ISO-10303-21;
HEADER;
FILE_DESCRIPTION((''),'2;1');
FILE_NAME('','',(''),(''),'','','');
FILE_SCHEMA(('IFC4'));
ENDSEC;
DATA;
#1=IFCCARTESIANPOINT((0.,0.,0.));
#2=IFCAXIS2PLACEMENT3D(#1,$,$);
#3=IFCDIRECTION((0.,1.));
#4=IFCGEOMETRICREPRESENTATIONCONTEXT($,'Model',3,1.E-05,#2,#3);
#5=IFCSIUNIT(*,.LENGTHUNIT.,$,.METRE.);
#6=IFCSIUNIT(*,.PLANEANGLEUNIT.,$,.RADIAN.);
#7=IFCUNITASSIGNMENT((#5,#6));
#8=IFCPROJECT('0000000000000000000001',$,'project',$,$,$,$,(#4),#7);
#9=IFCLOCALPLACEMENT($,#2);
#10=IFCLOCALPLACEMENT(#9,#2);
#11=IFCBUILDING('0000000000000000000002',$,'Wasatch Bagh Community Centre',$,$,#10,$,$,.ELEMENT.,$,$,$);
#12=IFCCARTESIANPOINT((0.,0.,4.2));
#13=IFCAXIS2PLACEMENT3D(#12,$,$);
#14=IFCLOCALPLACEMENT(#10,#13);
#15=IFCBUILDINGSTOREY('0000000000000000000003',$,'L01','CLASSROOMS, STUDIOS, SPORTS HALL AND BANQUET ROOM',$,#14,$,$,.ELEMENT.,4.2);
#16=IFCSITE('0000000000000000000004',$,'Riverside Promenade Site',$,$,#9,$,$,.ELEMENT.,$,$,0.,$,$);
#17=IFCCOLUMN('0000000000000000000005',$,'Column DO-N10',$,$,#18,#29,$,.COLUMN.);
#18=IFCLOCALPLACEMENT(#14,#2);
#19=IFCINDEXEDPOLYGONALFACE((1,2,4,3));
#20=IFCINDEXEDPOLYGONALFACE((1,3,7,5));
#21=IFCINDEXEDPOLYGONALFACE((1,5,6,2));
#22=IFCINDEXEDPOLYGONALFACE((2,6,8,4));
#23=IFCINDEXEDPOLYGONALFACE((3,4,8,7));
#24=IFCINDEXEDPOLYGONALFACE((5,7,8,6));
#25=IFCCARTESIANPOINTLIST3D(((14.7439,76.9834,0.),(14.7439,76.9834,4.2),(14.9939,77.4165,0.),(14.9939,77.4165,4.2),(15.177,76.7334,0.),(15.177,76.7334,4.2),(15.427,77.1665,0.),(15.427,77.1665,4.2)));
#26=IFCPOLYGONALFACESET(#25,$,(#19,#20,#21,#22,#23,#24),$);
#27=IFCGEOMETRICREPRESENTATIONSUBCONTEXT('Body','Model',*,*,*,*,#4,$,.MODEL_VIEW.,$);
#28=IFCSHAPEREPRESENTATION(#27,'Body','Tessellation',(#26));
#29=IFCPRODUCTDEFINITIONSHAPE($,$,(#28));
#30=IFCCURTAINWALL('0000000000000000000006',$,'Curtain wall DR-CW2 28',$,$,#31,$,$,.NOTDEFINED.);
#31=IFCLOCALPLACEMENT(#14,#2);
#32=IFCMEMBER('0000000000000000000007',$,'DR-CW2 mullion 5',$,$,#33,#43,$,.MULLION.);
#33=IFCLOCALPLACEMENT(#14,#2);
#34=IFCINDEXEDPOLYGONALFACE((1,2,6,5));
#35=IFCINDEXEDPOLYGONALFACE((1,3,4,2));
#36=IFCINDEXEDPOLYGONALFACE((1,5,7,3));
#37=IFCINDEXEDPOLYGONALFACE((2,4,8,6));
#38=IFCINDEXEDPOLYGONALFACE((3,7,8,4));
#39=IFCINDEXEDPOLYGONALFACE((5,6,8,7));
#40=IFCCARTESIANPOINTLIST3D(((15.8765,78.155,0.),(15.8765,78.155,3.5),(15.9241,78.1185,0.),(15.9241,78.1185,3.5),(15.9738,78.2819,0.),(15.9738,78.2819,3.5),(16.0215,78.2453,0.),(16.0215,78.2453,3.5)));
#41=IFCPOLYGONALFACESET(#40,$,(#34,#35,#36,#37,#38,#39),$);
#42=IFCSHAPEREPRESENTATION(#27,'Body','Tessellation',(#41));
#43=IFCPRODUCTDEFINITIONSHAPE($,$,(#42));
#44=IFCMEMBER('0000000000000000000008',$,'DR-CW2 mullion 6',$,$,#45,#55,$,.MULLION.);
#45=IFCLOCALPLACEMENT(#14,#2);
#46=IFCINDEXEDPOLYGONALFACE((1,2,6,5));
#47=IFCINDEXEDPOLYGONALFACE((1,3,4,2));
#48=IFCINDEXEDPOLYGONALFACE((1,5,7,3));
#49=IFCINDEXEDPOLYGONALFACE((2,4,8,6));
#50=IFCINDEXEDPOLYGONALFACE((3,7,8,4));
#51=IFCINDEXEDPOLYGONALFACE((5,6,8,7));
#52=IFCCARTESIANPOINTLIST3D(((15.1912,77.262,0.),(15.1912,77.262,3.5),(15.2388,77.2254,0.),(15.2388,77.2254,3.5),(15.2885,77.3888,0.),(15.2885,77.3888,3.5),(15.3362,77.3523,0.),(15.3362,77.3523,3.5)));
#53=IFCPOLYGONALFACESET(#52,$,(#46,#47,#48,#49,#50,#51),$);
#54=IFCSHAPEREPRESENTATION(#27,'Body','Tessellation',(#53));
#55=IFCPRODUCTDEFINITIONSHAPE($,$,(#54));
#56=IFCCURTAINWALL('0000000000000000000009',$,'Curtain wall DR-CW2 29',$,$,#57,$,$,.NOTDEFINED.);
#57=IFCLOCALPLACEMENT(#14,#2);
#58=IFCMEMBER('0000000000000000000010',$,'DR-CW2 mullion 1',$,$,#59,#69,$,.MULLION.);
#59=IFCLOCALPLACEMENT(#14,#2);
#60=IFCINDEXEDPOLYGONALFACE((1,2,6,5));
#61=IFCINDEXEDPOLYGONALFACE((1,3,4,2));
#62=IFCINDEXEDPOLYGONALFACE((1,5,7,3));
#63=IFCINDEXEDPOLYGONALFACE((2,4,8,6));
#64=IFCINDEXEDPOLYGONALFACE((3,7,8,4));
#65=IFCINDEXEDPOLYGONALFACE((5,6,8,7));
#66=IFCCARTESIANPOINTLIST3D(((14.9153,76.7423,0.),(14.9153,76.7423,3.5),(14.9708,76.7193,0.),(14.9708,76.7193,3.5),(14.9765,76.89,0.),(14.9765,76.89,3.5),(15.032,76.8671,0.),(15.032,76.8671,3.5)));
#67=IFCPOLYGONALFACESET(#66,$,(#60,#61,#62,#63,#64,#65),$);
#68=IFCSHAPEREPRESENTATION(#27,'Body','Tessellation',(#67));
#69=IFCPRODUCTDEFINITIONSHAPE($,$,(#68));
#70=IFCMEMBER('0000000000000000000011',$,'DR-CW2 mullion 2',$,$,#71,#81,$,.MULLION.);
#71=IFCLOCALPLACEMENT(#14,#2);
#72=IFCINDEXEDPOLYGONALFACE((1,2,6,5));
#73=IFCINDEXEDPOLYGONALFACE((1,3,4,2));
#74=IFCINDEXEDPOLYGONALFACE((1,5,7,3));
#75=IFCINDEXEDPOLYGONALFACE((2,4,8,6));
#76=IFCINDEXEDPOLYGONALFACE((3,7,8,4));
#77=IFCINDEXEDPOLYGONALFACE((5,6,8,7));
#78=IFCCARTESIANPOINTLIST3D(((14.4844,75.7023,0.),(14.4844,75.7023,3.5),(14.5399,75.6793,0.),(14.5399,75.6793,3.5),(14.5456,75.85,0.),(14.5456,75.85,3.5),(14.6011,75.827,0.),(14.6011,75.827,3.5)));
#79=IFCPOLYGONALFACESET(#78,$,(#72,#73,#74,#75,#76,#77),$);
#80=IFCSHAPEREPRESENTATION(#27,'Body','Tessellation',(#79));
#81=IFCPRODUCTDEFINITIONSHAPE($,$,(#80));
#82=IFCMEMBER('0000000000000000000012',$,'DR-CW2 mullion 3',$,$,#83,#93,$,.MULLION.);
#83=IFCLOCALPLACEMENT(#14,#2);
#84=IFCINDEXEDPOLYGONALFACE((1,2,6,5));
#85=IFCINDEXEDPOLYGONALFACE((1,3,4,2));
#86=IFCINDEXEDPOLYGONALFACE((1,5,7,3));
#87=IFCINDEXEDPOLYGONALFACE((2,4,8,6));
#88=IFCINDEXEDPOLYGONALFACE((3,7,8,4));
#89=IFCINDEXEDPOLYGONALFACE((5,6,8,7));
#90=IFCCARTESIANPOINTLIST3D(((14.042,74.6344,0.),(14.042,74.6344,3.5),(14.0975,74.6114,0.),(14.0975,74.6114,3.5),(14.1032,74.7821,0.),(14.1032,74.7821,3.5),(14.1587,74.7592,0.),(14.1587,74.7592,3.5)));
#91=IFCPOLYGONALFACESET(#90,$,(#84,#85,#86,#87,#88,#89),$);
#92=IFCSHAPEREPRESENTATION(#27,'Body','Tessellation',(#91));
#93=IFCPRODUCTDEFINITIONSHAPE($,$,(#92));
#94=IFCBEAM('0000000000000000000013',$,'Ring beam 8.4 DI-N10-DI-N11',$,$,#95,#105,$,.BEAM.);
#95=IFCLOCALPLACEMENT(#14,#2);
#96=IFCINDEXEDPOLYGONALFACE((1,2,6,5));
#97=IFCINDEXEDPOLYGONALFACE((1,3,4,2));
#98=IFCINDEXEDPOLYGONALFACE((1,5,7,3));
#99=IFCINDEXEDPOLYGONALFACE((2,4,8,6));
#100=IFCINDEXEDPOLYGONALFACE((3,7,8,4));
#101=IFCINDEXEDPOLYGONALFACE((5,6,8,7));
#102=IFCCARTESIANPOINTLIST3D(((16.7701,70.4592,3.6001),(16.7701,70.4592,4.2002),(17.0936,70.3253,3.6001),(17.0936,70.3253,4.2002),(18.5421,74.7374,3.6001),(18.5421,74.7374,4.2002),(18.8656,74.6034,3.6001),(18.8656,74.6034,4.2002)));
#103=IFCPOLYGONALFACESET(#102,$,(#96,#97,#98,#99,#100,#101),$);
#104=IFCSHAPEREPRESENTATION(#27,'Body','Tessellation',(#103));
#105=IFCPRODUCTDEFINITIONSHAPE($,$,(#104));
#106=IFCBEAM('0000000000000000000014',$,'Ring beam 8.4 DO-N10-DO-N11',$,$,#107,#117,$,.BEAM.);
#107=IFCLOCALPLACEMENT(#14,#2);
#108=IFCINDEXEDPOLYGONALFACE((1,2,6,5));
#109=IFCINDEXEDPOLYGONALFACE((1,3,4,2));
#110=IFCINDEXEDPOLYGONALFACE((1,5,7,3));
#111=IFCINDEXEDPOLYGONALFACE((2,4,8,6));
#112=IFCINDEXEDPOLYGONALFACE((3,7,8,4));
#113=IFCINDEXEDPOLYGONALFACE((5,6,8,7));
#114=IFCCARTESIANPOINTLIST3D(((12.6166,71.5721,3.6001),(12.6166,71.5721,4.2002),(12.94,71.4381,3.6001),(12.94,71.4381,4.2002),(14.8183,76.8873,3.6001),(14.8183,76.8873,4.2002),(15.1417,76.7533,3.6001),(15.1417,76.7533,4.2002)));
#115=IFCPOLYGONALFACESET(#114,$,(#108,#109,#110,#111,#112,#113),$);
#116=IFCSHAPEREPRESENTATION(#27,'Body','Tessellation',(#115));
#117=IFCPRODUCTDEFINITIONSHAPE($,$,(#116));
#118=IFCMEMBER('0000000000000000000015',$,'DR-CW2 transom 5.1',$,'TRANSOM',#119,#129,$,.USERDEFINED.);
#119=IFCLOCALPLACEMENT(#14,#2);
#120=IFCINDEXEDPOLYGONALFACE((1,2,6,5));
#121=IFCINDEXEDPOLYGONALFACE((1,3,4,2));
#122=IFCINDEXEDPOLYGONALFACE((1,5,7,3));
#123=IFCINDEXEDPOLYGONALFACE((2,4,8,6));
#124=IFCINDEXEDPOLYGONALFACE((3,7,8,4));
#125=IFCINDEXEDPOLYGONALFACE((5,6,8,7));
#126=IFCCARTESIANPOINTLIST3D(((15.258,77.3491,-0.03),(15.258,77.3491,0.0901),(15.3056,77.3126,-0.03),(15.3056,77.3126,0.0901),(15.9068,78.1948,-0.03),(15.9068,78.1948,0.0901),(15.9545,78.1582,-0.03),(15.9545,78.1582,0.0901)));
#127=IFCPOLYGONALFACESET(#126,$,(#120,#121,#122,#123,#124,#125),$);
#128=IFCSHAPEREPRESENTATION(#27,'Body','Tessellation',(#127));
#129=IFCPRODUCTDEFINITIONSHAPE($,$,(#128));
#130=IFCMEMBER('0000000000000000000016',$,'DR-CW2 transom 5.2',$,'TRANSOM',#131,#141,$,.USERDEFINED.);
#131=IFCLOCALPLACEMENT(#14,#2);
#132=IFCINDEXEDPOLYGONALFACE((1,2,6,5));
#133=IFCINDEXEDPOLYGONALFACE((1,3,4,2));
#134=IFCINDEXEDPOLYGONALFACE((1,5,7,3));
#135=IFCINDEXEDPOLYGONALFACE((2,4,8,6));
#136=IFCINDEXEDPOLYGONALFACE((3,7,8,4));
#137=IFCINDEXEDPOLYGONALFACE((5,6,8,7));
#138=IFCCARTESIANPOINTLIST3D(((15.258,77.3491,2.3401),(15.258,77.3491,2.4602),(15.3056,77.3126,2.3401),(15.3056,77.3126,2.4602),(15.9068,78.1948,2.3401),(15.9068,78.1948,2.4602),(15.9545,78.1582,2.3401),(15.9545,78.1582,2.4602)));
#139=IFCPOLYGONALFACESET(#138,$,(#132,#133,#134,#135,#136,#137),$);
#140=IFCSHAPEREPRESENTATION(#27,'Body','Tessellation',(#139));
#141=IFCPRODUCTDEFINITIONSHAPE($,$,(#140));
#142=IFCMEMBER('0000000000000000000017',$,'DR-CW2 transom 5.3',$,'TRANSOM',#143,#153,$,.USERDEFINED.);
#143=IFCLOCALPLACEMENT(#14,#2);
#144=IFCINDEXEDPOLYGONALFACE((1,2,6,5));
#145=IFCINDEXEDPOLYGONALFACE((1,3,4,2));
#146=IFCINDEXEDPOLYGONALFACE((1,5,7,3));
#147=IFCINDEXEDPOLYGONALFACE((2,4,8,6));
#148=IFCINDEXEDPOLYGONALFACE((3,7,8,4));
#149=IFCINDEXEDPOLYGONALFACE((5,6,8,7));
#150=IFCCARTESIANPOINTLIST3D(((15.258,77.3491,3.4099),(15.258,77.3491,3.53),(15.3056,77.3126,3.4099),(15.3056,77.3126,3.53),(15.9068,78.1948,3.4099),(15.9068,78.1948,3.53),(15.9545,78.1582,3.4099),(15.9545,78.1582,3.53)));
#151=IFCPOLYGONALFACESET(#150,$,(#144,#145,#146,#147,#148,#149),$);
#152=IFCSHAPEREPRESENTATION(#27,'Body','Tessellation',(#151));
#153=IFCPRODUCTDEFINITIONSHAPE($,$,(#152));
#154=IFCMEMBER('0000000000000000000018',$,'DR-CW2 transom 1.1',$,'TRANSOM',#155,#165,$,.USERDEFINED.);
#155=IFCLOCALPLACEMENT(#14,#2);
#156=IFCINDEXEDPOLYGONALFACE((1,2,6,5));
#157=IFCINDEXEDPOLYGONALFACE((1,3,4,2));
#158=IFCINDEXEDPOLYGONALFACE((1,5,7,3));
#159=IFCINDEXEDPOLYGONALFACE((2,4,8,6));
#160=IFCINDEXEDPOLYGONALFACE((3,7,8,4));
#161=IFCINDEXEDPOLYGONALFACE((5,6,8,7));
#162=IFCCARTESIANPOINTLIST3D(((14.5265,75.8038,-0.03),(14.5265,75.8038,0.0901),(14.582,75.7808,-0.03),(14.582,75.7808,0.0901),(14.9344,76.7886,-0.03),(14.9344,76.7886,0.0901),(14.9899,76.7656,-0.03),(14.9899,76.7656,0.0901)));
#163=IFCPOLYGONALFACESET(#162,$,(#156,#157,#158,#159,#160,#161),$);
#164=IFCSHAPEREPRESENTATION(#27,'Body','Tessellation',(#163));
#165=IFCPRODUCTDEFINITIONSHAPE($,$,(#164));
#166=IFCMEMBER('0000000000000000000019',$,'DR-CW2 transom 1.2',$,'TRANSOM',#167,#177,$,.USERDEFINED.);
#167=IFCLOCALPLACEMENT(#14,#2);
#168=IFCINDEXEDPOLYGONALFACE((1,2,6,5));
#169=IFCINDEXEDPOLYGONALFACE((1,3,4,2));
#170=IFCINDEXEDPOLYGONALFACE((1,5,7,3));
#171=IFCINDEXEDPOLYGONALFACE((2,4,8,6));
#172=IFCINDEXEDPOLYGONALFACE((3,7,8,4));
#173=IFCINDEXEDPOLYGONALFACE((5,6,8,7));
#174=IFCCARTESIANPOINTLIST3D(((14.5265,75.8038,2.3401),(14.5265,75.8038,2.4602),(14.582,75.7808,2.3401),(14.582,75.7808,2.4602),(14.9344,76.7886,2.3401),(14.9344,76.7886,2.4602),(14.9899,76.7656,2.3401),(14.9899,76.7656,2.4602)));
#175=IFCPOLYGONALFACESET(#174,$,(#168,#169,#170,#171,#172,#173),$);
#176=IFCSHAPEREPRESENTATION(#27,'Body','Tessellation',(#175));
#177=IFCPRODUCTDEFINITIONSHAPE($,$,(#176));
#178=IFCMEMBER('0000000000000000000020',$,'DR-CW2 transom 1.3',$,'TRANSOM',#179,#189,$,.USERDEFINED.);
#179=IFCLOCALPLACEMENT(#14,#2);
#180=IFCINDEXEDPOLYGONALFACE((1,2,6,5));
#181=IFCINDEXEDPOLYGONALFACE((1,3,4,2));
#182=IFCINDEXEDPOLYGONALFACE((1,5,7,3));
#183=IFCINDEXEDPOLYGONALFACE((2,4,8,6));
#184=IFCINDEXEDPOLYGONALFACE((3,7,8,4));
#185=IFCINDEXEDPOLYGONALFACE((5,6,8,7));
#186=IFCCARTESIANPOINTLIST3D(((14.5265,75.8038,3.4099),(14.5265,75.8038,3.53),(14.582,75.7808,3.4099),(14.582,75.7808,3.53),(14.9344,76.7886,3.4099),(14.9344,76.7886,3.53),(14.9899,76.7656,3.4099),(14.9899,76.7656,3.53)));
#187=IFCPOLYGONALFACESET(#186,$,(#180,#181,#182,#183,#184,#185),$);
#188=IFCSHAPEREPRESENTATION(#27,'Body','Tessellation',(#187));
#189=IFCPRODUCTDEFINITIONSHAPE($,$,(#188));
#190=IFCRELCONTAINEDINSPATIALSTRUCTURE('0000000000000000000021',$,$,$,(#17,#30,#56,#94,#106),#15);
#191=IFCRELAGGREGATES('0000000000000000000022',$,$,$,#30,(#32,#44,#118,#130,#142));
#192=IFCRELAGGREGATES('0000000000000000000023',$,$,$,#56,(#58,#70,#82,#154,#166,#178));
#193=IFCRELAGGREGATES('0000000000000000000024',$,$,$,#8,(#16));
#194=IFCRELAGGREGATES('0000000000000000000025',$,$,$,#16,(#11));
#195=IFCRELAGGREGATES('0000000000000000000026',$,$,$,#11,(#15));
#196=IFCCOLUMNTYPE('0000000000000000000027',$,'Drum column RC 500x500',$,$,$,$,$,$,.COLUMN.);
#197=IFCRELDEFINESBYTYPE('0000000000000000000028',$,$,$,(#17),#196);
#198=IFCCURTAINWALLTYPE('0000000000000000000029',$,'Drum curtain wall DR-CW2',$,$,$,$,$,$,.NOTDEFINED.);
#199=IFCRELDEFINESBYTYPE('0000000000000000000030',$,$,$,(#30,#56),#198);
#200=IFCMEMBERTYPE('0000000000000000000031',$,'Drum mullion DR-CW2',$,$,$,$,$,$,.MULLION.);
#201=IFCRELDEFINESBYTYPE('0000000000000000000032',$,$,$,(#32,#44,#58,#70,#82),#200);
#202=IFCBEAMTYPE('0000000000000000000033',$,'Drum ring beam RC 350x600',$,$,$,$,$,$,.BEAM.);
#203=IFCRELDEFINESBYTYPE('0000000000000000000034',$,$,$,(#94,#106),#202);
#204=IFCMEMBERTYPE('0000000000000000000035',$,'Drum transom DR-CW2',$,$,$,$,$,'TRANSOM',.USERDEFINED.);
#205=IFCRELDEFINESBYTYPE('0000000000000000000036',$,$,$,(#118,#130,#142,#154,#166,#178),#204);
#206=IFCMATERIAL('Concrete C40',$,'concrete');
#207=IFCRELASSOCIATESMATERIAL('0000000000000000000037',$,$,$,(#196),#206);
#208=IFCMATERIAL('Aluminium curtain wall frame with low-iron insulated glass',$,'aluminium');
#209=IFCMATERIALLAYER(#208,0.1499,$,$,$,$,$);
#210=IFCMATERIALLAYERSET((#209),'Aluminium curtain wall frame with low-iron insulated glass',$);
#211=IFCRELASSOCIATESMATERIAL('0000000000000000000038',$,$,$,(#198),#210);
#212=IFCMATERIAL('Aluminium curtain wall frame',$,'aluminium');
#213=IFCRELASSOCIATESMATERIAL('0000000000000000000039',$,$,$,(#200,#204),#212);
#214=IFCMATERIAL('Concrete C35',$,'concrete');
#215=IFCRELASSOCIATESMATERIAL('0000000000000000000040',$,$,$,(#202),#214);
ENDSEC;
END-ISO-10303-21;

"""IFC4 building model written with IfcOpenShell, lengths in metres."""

from ifc_helpers import new_model, si_unit, direction, frame, origin, origin_2d, place, context, subcontext, project, spatial, rectangle, extrude, material, layer, layer_set, material_profile, profile_set, type_object, element, aggregate, save


model = new_model("IFC4")

# Units and contexts
model_context = context("Model", 3, precision=1e-05, world=origin(), true_north=direction((0.0, 1.0)))
body_context = subcontext(model_context, "Body", "Model", "MODEL_VIEW")
ifc_project = project(units=[si_unit("LENGTHUNIT", "METRE"), si_unit("PLANEANGLEUNIT", "RADIAN")], contexts=[model_context])

# Site, building, storey
site_placement = place(None, origin())
site = spatial("IfcSite", under=ifc_project, at=site_placement, Name="Riverside Promenade Site", CompositionType="ELEMENT", RefElevation=0.0)
building_placement = place(site_placement, origin())
building = spatial("IfcBuilding", under=site, at=building_placement, Name="Wasatch Bagh Community Centre", CompositionType="ELEMENT")
storey_placement = place(building_placement, frame((0.0, 0.0, 4.2)))
storey = spatial("IfcBuildingStorey", under=building, at=storey_placement, Name="L01", Description="CLASSROOMS, STUDIOS, SPORTS HALL AND BANQUET ROOM", CompositionType="ELEMENT", Elevation=4.2)

# Column
ifc_material_1 = material(Name="Concrete C40", Category="concrete")
ifc_material_profile_1 = material_profile(ifc_material_1, rectangle(XDim=0.5, YDim=0.5, at=origin_2d()), Name="RC 500x500")
ifc_profile_set_1 = profile_set([ifc_material_profile_1], Name="Concrete C40")
column_type = type_object("IfcColumnType", Name="Drum column RC 500x500", PredefinedType="COLUMN", material=ifc_profile_set_1)
column_placement = place(storey_placement, frame((15.0854, 77.075, 0.0), z_axis=(0.0, 0.0, 1.0), x_axis=(0.5, 0.866025, 0.0)))
element("IfcColumn", 1, at=column_placement, inside=storey, type_object=column_type, Name="Column DO-N10", PredefinedType="COLUMN", context=body_context, shape_type="SweptSolid", body=[
    extrude(rectangle(XDim=0.5, YDim=0.5, at=origin_2d()), origin(), (0.0, 0.0, 1.0), 4.2),
])

# Curtain walls, members
ifc_material_2 = material(Name="Aluminium curtain wall frame with low-iron insulated glass", Category="aluminium")
ifc_layer_1 = layer(ifc_material_2, 0.1499)
ifc_layer_set_1 = layer_set([ifc_layer_1], Name="Aluminium curtain wall frame with low-iron insulated glass")
curtain_wall_type = type_object("IfcCurtainWallType", Name="Drum curtain wall DR-CW2", PredefinedType="NOTDEFINED", material=ifc_layer_set_1)
curtain_wall_1_placement = place(storey_placement, origin())
curtain_wall_1 = element("IfcCurtainWall", 2, at=curtain_wall_1_placement, inside=storey, type_object=curtain_wall_type, Name="Curtain wall DR-CW2 28", PredefinedType="NOTDEFINED")
ifc_material_3 = material(Name="Aluminium curtain wall frame", Category="aluminium")
ifc_material_profile_2 = material_profile(ifc_material_3, rectangle(XDim=0.0601, YDim=0.1599, at=origin_2d()), Name="Drum mullion DR-CW2")
ifc_profile_set_2 = profile_set([ifc_material_profile_2], Name="Aluminium curtain wall frame")
member_type_1 = type_object("IfcMemberType", Name="Drum mullion DR-CW2", PredefinedType="MULLION", material=ifc_profile_set_2)
member_1_placement = place(storey_placement, frame((15.949, 78.2002, 0.0), z_axis=(0.0, 0.0, 1.0), x_axis=(0.793353, -0.608761, 0.0)))
member_1 = element("IfcMember", 3, at=member_1_placement, type_object=member_type_1, Name="DR-CW2 mullion 5", PredefinedType="MULLION", context=body_context, shape_type="SweptSolid", body=[
    extrude(rectangle(XDim=0.0601, YDim=0.1599, at=origin_2d()), origin(), (0.0, 0.0, 1.0), 3.5),
])
member_2_placement = place(storey_placement, frame((15.2637, 77.3071, 0.0), z_axis=(0.0, 0.0, 1.0), x_axis=(0.793353, -0.608761, 0.0)))
member_2 = element("IfcMember", 4, at=member_2_placement, type_object=member_type_1, Name="DR-CW2 mullion 6", PredefinedType="MULLION", context=body_context, shape_type="SweptSolid", body=[
    extrude(rectangle(XDim=0.0601, YDim=0.1599, at=origin_2d()), origin(), (0.0, 0.0, 1.0), 3.5),
])
curtain_wall_2_placement = place(storey_placement, origin())
curtain_wall_2 = element("IfcCurtainWall", 5, at=curtain_wall_2_placement, inside=storey, type_object=curtain_wall_type, Name="Curtain wall DR-CW2 29", PredefinedType="NOTDEFINED")
member_3_placement = place(storey_placement, frame((14.9736, 76.8047, 0.0), z_axis=(0.0, 0.0, 1.0), x_axis=(0.92388, -0.382683, 0.0)))
member_3 = element("IfcMember", 6, at=member_3_placement, type_object=member_type_1, Name="DR-CW2 mullion 1", PredefinedType="MULLION", context=body_context, shape_type="SweptSolid", body=[
    extrude(rectangle(XDim=0.0601, YDim=0.1599, at=origin_2d()), origin(), (0.0, 0.0, 1.0), 3.5),
])
member_4_placement = place(storey_placement, frame((14.5427, 75.7646, 0.0), z_axis=(0.0, 0.0, 1.0), x_axis=(0.92388, -0.382683, 0.0)))
member_4 = element("IfcMember", 7, at=member_4_placement, type_object=member_type_1, Name="DR-CW2 mullion 2", PredefinedType="MULLION", context=body_context, shape_type="SweptSolid", body=[
    extrude(rectangle(XDim=0.0601, YDim=0.1599, at=origin_2d()), origin(), (0.0, 0.0, 1.0), 3.5),
])
member_5_placement = place(storey_placement, frame((14.1003, 74.6968, 0.0), z_axis=(0.0, 0.0, 1.0), x_axis=(0.92388, -0.382683, 0.0)))
member_5 = element("IfcMember", 8, at=member_5_placement, type_object=member_type_1, Name="DR-CW2 mullion 3", PredefinedType="MULLION", context=body_context, shape_type="SweptSolid", body=[
    extrude(rectangle(XDim=0.0601, YDim=0.1599, at=origin_2d()), origin(), (0.0, 0.0, 1.0), 3.5),
])

# Beams
ifc_material_4 = material(Name="Concrete C35", Category="concrete")
ifc_material_profile_3 = material_profile(ifc_material_4, rectangle(XDim=0.3501, YDim=0.6001, at=origin_2d()), Name="RC 350x600")
ifc_profile_set_3 = profile_set([ifc_material_profile_3], Name="Concrete C35")
beam_type = type_object("IfcBeamType", Name="Drum ring beam RC 350x600", PredefinedType="BEAM", material=ifc_profile_set_3)
beam_1_placement = place(storey_placement, frame((18.7039, 74.6704, 3.9001), z_axis=(-0.382672, -0.923884, 0.0), x_axis=(0.923884, -0.382672, 0.0)))
element("IfcBeam", 9, at=beam_1_placement, inside=storey, type_object=beam_type, Name="Ring beam 8.4 DI-N10-DI-N11", PredefinedType="BEAM", context=body_context, shape_type="SweptSolid", body=[
    extrude(rectangle(XDim=0.3501, YDim=0.6001, at=origin_2d()), origin(), (0.0, 0.0, 1.0), 4.6306),
])
beam_2_placement = place(storey_placement, frame((14.98, 76.8203, 3.9001), z_axis=(-0.382689, -0.923877, 0.0), x_axis=(0.923877, -0.382689, 0.0)))
element("IfcBeam", 10, at=beam_2_placement, inside=storey, type_object=beam_type, Name="Ring beam 8.4 DO-N10-DO-N11", PredefinedType="BEAM", context=body_context, shape_type="SweptSolid", body=[
    extrude(rectangle(XDim=0.3501, YDim=0.6001, at=origin_2d()), origin(), (0.0, 0.0, 1.0), 5.7532),
])

# Members
ifc_material_profile_4 = material_profile(ifc_material_3, rectangle(XDim=0.0601, YDim=0.1201, at=origin_2d()), Name="Drum transom DR-CW2")
ifc_profile_set_4 = profile_set([ifc_material_profile_4], Name="Aluminium curtain wall frame")
member_type_2 = type_object("IfcMemberType", Name="Drum transom DR-CW2", ElementType="TRANSOM", PredefinedType="USERDEFINED", material=ifc_profile_set_4)
member_6_placement = place(storey_placement, frame((15.9307, 78.1765, 0.03), z_axis=(-0.608758, -0.793356, 0.0), x_axis=(0.793356, -0.608758, 0.0)))
member_6 = element("IfcMember", 11, at=member_6_placement, type_object=member_type_2, Name="DR-CW2 transom 5.1", ObjectType="TRANSOM", PredefinedType="USERDEFINED", context=body_context, shape_type="SweptSolid", body=[
    extrude(rectangle(XDim=0.0601, YDim=0.1201, at=origin_2d()), origin(), (0.0, 0.0, 1.0), 1.0659),
])
member_7_placement = place(storey_placement, frame((15.9307, 78.1765, 2.4001), z_axis=(-0.608758, -0.793356, 0.0), x_axis=(0.793356, -0.608758, 0.0)))
member_7 = element("IfcMember", 12, at=member_7_placement, type_object=member_type_2, Name="DR-CW2 transom 5.2", ObjectType="TRANSOM", PredefinedType="USERDEFINED", context=body_context, shape_type="SweptSolid", body=[
    extrude(rectangle(XDim=0.0601, YDim=0.1201, at=origin_2d()), origin(), (0.0, 0.0, 1.0), 1.0659),
])
member_8_placement = place(storey_placement, frame((15.9307, 78.1765, 3.47), z_axis=(-0.608758, -0.793356, 0.0), x_axis=(0.793356, -0.608758, 0.0)))
member_8 = element("IfcMember", 13, at=member_8_placement, type_object=member_type_2, Name="DR-CW2 transom 5.3", ObjectType="TRANSOM", PredefinedType="USERDEFINED", context=body_context, shape_type="SweptSolid", body=[
    extrude(rectangle(XDim=0.0601, YDim=0.1201, at=origin_2d()), origin(), (0.0, 0.0, 1.0), 1.0659),
])
member_9_placement = place(storey_placement, frame((14.9622, 76.7771, 0.03), z_axis=(-0.382696, -0.923874, 0.0), x_axis=(0.923874, -0.382696, 0.0)))
member_9 = element("IfcMember", 14, at=member_9_placement, type_object=member_type_2, Name="DR-CW2 transom 1.1", ObjectType="TRANSOM", PredefinedType="USERDEFINED", context=body_context, shape_type="SweptSolid", body=[
    extrude(rectangle(XDim=0.0601, YDim=0.1201, at=origin_2d()), origin(), (0.0, 0.0, 1.0), 1.0659),
])
member_10_placement = place(storey_placement, frame((14.9622, 76.7771, 2.4001), z_axis=(-0.382696, -0.923874, 0.0), x_axis=(0.923874, -0.382696, 0.0)))
member_10 = element("IfcMember", 15, at=member_10_placement, type_object=member_type_2, Name="DR-CW2 transom 1.2", ObjectType="TRANSOM", PredefinedType="USERDEFINED", context=body_context, shape_type="SweptSolid", body=[
    extrude(rectangle(XDim=0.0601, YDim=0.1201, at=origin_2d()), origin(), (0.0, 0.0, 1.0), 1.0659),
])
member_11_placement = place(storey_placement, frame((14.9622, 76.7771, 3.47), z_axis=(-0.382696, -0.923874, 0.0), x_axis=(0.923874, -0.382696, 0.0)))
member_11 = element("IfcMember", 16, at=member_11_placement, type_object=member_type_2, Name="DR-CW2 transom 1.3", ObjectType="TRANSOM", PredefinedType="USERDEFINED", context=body_context, shape_type="SweptSolid", body=[
    extrude(rectangle(XDim=0.0601, YDim=0.1201, at=origin_2d()), origin(), (0.0, 0.0, 1.0), 1.0659),
])

aggregate(curtain_wall_1, [member_1, member_2, member_6, member_7, member_8])
aggregate(curtain_wall_2, [member_3, member_4, member_5, member_9, member_10, member_11])

save(model, "model.ifc")
